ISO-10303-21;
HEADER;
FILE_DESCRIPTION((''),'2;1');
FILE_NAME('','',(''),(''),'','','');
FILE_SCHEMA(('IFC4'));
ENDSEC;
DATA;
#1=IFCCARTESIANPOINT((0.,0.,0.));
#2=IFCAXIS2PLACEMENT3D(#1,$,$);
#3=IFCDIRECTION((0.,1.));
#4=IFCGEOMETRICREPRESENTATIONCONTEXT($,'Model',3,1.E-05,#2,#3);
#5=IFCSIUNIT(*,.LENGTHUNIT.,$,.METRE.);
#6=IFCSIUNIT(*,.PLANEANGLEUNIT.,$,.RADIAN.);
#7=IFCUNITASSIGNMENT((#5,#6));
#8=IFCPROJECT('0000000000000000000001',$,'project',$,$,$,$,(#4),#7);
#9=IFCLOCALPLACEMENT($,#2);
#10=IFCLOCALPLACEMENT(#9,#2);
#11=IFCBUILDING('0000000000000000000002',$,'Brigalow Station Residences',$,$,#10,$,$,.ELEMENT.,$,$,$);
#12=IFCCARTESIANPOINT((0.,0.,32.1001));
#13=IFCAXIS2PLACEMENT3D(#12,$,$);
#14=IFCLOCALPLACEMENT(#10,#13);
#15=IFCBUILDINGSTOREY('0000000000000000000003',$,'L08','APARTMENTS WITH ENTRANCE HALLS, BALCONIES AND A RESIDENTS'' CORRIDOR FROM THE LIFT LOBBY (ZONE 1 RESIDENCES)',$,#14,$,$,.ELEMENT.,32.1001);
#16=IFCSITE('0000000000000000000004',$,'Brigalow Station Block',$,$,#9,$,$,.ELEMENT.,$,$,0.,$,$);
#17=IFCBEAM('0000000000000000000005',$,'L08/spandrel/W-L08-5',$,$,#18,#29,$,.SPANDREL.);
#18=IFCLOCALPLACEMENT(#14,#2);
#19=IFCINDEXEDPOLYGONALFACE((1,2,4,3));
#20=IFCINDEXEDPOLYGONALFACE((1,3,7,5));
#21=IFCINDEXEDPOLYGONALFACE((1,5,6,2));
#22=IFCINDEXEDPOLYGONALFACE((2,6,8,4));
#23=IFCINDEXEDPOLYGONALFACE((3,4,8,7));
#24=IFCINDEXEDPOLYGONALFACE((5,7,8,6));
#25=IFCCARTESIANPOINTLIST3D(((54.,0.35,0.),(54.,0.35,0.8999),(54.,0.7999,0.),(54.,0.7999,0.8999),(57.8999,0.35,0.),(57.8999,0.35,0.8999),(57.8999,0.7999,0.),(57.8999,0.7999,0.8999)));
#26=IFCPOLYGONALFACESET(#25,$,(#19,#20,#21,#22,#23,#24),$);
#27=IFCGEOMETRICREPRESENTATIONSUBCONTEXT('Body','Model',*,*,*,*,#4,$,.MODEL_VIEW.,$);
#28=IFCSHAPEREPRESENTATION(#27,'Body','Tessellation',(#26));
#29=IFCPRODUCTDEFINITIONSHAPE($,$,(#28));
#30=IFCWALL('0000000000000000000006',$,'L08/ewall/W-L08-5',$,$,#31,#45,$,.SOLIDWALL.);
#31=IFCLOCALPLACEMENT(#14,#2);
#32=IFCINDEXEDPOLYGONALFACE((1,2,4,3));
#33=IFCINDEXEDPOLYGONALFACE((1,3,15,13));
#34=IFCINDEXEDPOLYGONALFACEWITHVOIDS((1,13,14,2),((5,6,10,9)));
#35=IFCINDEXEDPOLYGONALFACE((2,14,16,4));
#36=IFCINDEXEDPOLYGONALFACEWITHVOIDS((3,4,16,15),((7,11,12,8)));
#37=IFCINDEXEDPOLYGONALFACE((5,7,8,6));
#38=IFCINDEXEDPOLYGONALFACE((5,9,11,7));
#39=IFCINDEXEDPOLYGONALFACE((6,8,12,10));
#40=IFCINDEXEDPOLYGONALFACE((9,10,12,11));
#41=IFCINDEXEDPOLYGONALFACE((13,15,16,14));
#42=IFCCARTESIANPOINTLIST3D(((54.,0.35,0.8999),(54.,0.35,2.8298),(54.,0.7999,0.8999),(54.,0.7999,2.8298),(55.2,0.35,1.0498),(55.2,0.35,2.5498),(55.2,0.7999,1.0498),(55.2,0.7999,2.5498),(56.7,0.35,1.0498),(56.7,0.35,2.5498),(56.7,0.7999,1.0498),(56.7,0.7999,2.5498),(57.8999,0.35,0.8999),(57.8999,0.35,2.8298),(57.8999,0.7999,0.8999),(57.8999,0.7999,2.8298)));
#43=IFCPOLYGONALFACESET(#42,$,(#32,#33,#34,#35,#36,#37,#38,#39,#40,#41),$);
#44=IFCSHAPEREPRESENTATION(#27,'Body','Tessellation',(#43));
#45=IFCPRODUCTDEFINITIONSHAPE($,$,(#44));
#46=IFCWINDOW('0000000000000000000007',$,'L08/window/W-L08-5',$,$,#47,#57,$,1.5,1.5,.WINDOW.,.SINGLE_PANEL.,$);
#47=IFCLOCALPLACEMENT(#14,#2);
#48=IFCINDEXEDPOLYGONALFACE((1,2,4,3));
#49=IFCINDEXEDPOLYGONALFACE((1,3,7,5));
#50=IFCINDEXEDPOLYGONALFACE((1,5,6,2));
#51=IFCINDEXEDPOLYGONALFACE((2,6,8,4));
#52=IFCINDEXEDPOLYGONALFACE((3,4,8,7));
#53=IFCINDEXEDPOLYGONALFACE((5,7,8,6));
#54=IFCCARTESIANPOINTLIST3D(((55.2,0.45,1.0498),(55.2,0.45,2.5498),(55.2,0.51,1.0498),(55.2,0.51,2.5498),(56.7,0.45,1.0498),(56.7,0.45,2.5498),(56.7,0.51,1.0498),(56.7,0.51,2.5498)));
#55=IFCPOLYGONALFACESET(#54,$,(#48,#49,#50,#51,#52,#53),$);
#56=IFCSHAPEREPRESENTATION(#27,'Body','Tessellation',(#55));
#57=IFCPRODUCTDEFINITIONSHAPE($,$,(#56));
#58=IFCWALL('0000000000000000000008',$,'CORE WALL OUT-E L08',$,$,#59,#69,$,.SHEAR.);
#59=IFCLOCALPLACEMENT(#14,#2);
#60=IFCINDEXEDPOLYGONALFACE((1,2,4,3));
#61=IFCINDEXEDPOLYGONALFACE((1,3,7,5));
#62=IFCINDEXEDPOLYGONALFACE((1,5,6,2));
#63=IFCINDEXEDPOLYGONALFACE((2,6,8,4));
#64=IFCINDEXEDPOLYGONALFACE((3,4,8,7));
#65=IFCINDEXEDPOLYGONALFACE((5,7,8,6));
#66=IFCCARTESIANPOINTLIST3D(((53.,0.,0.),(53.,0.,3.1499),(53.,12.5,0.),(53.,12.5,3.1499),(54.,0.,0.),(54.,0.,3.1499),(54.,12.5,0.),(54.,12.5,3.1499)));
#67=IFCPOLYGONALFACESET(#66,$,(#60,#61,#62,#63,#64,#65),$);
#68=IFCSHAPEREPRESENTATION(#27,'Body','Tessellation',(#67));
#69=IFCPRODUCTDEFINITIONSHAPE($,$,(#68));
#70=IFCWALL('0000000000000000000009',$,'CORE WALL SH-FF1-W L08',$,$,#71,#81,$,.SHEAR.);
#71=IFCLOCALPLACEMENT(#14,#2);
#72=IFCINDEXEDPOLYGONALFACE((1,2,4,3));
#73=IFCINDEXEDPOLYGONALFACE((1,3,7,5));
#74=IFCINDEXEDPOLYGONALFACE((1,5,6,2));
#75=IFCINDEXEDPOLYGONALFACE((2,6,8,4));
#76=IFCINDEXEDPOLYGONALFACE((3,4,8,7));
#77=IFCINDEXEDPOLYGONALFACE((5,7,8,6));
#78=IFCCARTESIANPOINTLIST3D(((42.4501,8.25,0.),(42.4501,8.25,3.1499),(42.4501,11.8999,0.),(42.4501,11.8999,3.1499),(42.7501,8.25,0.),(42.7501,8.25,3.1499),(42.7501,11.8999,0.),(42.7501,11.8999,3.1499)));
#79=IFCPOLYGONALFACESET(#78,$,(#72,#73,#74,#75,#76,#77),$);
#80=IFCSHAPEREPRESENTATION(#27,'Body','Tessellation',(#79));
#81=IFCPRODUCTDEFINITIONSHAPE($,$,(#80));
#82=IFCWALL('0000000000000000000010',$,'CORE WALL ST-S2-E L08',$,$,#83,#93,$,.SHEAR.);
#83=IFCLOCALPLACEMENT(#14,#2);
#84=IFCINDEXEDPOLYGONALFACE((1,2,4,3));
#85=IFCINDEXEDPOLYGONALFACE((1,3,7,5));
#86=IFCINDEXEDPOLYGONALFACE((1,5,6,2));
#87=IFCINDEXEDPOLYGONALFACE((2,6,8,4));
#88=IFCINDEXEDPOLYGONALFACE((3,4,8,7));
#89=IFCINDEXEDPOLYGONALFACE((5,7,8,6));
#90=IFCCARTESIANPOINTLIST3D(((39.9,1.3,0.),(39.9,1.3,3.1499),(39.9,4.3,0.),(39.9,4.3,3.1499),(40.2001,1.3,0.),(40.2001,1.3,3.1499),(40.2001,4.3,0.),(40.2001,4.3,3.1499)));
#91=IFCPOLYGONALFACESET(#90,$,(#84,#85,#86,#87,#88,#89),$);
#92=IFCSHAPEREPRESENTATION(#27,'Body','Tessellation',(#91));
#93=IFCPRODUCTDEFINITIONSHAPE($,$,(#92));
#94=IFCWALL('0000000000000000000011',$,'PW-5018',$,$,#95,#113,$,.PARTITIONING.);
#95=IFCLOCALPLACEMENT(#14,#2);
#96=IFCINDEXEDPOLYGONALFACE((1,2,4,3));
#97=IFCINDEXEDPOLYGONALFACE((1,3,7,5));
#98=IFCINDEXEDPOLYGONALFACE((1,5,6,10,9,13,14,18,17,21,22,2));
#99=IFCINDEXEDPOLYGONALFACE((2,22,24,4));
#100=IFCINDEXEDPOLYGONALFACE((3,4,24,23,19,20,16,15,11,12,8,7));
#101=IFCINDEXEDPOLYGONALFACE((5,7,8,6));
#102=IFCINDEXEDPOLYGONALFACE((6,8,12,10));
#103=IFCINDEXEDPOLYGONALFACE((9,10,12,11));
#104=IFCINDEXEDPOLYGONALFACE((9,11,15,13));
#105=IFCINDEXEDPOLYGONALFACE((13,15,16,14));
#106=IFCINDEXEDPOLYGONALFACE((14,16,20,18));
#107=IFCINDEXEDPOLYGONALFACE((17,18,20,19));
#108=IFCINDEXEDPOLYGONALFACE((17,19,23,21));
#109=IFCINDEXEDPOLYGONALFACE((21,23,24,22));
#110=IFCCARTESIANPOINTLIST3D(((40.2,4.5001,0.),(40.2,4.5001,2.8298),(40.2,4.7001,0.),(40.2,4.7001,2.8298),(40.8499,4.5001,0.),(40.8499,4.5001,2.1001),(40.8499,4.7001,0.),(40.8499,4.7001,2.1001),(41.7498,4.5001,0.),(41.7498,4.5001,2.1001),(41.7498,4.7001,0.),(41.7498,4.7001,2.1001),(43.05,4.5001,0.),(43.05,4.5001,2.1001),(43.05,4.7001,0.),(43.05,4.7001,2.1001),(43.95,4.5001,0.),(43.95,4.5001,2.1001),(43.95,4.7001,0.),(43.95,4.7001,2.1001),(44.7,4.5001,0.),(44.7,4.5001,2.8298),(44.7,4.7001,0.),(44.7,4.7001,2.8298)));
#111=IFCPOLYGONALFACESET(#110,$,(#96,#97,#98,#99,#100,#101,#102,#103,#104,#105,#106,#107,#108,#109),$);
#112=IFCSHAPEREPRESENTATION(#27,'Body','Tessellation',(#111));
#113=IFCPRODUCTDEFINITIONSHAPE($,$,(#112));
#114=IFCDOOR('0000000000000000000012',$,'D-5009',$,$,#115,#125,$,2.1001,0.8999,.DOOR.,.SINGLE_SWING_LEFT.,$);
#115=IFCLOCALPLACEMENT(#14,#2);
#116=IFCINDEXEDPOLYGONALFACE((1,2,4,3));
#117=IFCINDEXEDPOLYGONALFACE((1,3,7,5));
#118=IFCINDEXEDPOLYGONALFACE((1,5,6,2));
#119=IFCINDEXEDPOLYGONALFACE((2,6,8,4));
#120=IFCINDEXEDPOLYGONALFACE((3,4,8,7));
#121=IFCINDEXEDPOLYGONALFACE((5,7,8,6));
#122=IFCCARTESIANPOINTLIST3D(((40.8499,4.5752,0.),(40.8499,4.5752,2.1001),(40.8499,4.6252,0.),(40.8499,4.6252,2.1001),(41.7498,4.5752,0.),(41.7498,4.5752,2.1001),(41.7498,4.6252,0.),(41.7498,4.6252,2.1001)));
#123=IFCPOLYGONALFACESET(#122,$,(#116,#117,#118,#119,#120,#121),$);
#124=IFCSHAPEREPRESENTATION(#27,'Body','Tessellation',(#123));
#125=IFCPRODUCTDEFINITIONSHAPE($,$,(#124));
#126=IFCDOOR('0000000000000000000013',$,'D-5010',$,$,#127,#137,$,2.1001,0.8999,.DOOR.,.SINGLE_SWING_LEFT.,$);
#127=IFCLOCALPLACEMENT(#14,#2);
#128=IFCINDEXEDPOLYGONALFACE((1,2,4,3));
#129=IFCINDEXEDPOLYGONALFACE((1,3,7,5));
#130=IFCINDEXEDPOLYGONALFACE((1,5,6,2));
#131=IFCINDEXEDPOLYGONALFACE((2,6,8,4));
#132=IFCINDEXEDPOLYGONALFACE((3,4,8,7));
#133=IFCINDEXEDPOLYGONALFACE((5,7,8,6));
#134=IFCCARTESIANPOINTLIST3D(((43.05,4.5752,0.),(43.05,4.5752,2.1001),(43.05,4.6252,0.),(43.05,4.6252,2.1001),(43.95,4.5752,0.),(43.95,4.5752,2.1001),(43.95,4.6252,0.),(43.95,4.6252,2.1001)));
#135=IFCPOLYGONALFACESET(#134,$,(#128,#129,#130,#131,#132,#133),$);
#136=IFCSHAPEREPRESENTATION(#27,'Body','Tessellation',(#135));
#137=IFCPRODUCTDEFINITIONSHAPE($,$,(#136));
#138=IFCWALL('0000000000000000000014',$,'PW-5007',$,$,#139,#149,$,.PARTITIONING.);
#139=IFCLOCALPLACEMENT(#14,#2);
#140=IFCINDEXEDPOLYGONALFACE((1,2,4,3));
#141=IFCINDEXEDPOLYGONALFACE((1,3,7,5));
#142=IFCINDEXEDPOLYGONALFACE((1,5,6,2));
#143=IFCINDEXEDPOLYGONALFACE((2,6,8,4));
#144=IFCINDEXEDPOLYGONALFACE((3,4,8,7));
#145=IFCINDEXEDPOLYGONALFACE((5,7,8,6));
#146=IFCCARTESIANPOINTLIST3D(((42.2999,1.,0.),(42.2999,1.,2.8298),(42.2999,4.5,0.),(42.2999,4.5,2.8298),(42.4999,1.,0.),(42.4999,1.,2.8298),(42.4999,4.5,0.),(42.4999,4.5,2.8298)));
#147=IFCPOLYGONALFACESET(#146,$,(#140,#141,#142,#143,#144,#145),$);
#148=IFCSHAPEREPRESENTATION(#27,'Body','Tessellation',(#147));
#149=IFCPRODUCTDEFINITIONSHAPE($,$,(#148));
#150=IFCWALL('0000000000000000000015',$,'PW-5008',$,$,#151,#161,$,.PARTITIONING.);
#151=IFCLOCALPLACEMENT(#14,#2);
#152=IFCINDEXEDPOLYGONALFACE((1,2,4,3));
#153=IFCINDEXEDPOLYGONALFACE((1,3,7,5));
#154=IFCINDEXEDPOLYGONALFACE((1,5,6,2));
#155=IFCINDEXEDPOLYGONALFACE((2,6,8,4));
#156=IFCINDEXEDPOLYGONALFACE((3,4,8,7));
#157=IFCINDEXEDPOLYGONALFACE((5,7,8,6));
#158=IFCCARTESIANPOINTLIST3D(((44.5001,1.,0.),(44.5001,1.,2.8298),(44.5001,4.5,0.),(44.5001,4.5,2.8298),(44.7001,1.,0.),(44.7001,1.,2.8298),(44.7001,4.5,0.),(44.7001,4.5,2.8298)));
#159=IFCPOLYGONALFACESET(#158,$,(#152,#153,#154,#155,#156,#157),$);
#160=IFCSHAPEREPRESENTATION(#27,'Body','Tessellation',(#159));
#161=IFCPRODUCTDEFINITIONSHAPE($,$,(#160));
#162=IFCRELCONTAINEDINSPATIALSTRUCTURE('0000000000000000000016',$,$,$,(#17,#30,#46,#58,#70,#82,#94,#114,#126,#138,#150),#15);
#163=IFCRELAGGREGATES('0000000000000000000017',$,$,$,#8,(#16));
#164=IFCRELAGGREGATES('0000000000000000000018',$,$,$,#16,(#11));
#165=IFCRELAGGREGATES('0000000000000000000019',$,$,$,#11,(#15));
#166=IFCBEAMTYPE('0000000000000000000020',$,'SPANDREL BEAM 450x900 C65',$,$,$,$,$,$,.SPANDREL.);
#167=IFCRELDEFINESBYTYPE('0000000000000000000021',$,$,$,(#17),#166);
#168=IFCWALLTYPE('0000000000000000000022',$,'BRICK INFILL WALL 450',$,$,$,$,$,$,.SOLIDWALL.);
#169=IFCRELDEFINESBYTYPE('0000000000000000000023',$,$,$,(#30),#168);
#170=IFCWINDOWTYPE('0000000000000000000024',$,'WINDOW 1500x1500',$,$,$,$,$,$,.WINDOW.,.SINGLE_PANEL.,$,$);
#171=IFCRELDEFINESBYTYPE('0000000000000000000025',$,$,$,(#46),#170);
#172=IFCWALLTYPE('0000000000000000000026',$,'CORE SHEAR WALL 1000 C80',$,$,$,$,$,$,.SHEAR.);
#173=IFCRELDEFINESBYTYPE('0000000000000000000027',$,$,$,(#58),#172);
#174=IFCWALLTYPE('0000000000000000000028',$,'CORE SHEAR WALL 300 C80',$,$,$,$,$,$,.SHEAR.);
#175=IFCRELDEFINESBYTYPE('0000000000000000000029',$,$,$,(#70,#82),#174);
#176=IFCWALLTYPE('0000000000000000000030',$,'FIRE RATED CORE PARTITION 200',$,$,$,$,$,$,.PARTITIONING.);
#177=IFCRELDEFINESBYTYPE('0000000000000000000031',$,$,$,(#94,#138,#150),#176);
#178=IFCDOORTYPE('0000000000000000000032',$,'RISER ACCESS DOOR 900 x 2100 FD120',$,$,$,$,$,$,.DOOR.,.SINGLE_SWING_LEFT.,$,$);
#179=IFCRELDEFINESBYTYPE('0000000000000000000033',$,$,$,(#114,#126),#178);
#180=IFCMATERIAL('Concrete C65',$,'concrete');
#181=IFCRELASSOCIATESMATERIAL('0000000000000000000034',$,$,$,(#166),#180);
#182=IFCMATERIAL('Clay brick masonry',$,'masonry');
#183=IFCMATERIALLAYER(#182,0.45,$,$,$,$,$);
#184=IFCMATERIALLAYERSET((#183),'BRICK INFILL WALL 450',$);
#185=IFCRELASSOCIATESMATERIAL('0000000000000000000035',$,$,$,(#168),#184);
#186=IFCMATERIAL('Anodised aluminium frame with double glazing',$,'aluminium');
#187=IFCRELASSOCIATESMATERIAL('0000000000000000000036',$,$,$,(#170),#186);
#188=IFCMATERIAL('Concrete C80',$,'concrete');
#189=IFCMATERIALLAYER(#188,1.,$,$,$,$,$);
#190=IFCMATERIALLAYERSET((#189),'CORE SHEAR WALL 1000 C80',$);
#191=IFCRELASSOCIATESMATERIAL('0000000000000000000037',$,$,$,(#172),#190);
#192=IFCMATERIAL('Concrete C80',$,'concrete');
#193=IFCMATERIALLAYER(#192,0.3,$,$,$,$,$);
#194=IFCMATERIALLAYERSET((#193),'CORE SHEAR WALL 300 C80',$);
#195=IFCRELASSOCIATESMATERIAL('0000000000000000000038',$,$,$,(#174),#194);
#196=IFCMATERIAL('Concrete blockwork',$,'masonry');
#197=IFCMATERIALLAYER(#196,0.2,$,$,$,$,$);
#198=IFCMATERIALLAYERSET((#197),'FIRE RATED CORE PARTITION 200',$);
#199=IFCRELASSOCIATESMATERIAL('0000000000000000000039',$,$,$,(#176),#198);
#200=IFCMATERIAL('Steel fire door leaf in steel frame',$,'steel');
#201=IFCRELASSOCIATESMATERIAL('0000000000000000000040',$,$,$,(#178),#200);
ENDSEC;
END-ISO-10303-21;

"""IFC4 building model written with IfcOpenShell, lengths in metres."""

from ifc_helpers import new_model, si_unit, direction, frame, frame_2d, origin, origin_2d, place, context, subcontext, project, spatial, rectangle, extrude, material, layer, layer_set, material_profile, profile_set, type_object, element, fill, save


model = new_model("IFC4")

# Units and contexts
model_context = context("Model", 3, precision=1e-05, world=origin(), true_north=direction((0.0, 1.0)))
body_context = subcontext(model_context, "Body", "Model", "MODEL_VIEW")
ifc_project = project(units=[si_unit("LENGTHUNIT", "METRE"), si_unit("PLANEANGLEUNIT", "RADIAN")], contexts=[model_context])

# Site, building, storey
site_placement = place(None, origin())
site = spatial("IfcSite", under=ifc_project, at=site_placement, Name="Brigalow Station Block", CompositionType="ELEMENT", RefElevation=0.0)
building_placement = place(site_placement, origin())
building = spatial("IfcBuilding", under=site, at=building_placement, Name="Brigalow Station Residences", CompositionType="ELEMENT")
storey_placement = place(building_placement, frame((0.0, 0.0, 32.1001)))
storey = spatial("IfcBuildingStorey", under=building, at=storey_placement, Name="L08", Description="APARTMENTS WITH ENTRANCE HALLS, BALCONIES AND A RESIDENTS' CORRIDOR FROM THE LIFT LOBBY (ZONE 1 RESIDENCES)", CompositionType="ELEMENT", Elevation=32.1001)

# Beam
ifc_material_1 = material(Name="Concrete C65", Category="concrete")
ifc_material_profile = material_profile(ifc_material_1, rectangle(XDim=0.45, YDim=0.8999, at=origin_2d()), Name="RC450x900")
ifc_profile_set = profile_set([ifc_material_profile], Name="Concrete C65")
beam_type = type_object("IfcBeamType", Name="SPANDREL BEAM 450x900 C65", PredefinedType="SPANDREL", material=ifc_profile_set)
beam_placement = place(storey_placement, frame((54.0, 0.575, 0.45), z_axis=(1.0, 0.0, 0.0), x_axis=(0.0, 1.0, 0.0)))
element("IfcBeam", 1, at=beam_placement, inside=storey, type_object=beam_type, Name="L08/spandrel/W-L08-5", PredefinedType="SPANDREL", context=body_context, shape_type="SweptSolid", body=[
    extrude(rectangle(XDim=0.45, YDim=0.8999, at=origin_2d()), origin(), (0.0, 0.0, 1.0), 3.8999),
])

# Wall, opening, window
ifc_material_2 = material(Name="Clay brick masonry", Category="masonry")
ifc_layer_1 = layer(ifc_material_2, 0.45)
ifc_layer_set_1 = layer_set([ifc_layer_1], Name="BRICK INFILL WALL 450")
wall_type_1 = type_object("IfcWallType", Name="BRICK INFILL WALL 450", PredefinedType="SOLIDWALL", material=ifc_layer_set_1)
wall_1_placement = place(storey_placement, frame((54.0, 0.575, 0.8999), z_axis=(0.0, 0.0, 1.0), x_axis=(1.0, 0.0, 0.0)))
wall_1 = element("IfcWall", 2, at=wall_1_placement, inside=storey, type_object=wall_type_1, Name="L08/ewall/W-L08-5", PredefinedType="SOLIDWALL", context=body_context, shape_type="SweptSolid", body=[
    extrude(rectangle(XDim=3.8999, YDim=0.45, at=frame_2d((1.95, 0.0))), origin(), (0.0, 0.0, 1.0), 1.9299),
])
opening_1_placement = place(wall_1_placement, frame((1.2, 0.0, 0.1499)))
opening_1 = element("IfcOpeningElement", 3, at=opening_1_placement, cuts=wall_1, PredefinedType="OPENING", context=body_context, shape_type="SweptSolid", body=[
    extrude(rectangle(XDim=1.5, YDim=1.5, at=frame_2d((0.75, 0.75))), frame((0.0, 0.2349, 0.0), z_axis=(0.0, -1.0, 0.0), x_axis=(1.0, 0.0, 0.0)), (0.0, 0.0, 1.0), 0.47),
])
ifc_material_3 = material(Name="Anodised aluminium frame with double glazing", Category="aluminium")
window_type = type_object("IfcWindowType", Name="WINDOW 1500x1500", PartitioningType="SINGLE_PANEL", PredefinedType="WINDOW", material=ifc_material_3)
window_placement = place(opening_1_placement, origin())
window = element("IfcWindow", 4, at=window_placement, inside=storey, type_object=window_type, Name="L08/window/W-L08-5", OverallHeight=1.5, OverallWidth=1.5, PartitioningType="SINGLE_PANEL", PredefinedType="WINDOW", context=body_context, shape_type="SweptSolid", body=[
    extrude(rectangle(XDim=1.5, YDim=1.5, at=frame_2d((0.75, 0.75))), frame((0.0, -0.0649, 0.0), z_axis=(0.0, -1.0, 0.0), x_axis=(1.0, 0.0, 0.0)), (0.0, 0.0, 1.0), 0.0601),
])
fill(opening_1, window)

# Walls
ifc_material_4 = material(Name="Concrete C80", Category="concrete")
ifc_layer_2 = layer(ifc_material_4, 1.0)
ifc_layer_set_2 = layer_set([ifc_layer_2], Name="CORE SHEAR WALL 1000 C80")
wall_type_2 = type_object("IfcWallType", Name="CORE SHEAR WALL 1000 C80", PredefinedType="SHEAR", material=ifc_layer_set_2)
wall_2_placement = place(storey_placement, frame((53.5, 0.0, 0.0), z_axis=(0.0, 0.0, 1.0), x_axis=(0.0, 1.0, 0.0)))
element("IfcWall", 5, at=wall_2_placement, inside=storey, type_object=wall_type_2, Name="CORE WALL OUT-E L08", PredefinedType="SHEAR", context=body_context, shape_type="SweptSolid", body=[
    extrude(rectangle(XDim=12.5, YDim=1.0, at=frame_2d((6.25, 0.0))), origin(), (0.0, 0.0, 1.0), 3.1499),
])
ifc_material_5 = material(Name="Concrete C80", Category="concrete")
ifc_layer_3 = layer(ifc_material_5, 0.3)
ifc_layer_set_3 = layer_set([ifc_layer_3], Name="CORE SHEAR WALL 300 C80")
wall_type_3 = type_object("IfcWallType", Name="CORE SHEAR WALL 300 C80", PredefinedType="SHEAR", material=ifc_layer_set_3)
wall_3_placement = place(storey_placement, frame((42.6001, 8.25, 0.0), z_axis=(0.0, 0.0, 1.0), x_axis=(0.0, 1.0, 0.0)))
element("IfcWall", 6, at=wall_3_placement, inside=storey, type_object=wall_type_3, Name="CORE WALL SH-FF1-W L08", PredefinedType="SHEAR", context=body_context, shape_type="SweptSolid", body=[
    extrude(rectangle(XDim=3.6499, YDim=0.3, at=frame_2d((1.825, 0.0))), origin(), (0.0, 0.0, 1.0), 3.1499),
])
wall_4_placement = place(storey_placement, frame((40.05, 1.3, 0.0), z_axis=(0.0, 0.0, 1.0), x_axis=(0.0, 1.0, 0.0)))
element("IfcWall", 7, at=wall_4_placement, inside=storey, type_object=wall_type_3, Name="CORE WALL ST-S2-E L08", PredefinedType="SHEAR", context=body_context, shape_type="SweptSolid", body=[
    extrude(rectangle(XDim=3.0, YDim=0.3, at=frame_2d((1.5, 0.0))), origin(), (0.0, 0.0, 1.0), 3.1499),
])

# Wall, openings, doors
ifc_material_6 = material(Name="Concrete blockwork", Category="masonry")
ifc_layer_4 = layer(ifc_material_6, 0.2)
ifc_layer_set_4 = layer_set([ifc_layer_4], Name="FIRE RATED CORE PARTITION 200")
wall_type_4 = type_object("IfcWallType", Name="FIRE RATED CORE PARTITION 200", PredefinedType="PARTITIONING", material=ifc_layer_set_4)
wall_5_placement = place(storey_placement, frame((40.2, 4.6001, 0.0), z_axis=(0.0, 0.0, 1.0), x_axis=(1.0, 0.0, 0.0)))
wall_5 = element("IfcWall", 8, at=wall_5_placement, inside=storey, type_object=wall_type_4, Name="PW-5018", PredefinedType="PARTITIONING", context=body_context, shape_type="SweptSolid", body=[
    extrude(rectangle(XDim=4.5, YDim=0.2, at=frame_2d((2.25, 0.0))), origin(), (0.0, 0.0, 1.0), 2.8298),
])
opening_2_placement = place(wall_5_placement, frame((0.6499, 0.0, 0.0)))
opening_2 = element("IfcOpeningElement", 9, at=opening_2_placement, cuts=wall_5, PredefinedType="OPENING", context=body_context, shape_type="SweptSolid", body=[
    extrude(rectangle(XDim=0.8999, YDim=2.1001, at=frame_2d((0.45, 1.05))), frame((0.0, 0.1099, 0.0), z_axis=(0.0, -1.0, 0.0), x_axis=(1.0, 0.0, 0.0)), (0.0, 0.0, 1.0), 0.22),
])
opening_3_placement = place(wall_5_placement, frame((2.8501, 0.0, 0.0)))
opening_3 = element("IfcOpeningElement", 10, at=opening_3_placement, cuts=wall_5, PredefinedType="OPENING", context=body_context, shape_type="SweptSolid", body=[
    extrude(rectangle(XDim=0.8999, YDim=2.1001, at=frame_2d((0.45, 1.05))), frame((0.0, 0.1099, 0.0), z_axis=(0.0, -1.0, 0.0), x_axis=(1.0, 0.0, 0.0)), (0.0, 0.0, 1.0), 0.22),
])
ifc_material_7 = material(Name="Steel fire door leaf in steel frame", Category="steel")
door_type_1 = type_object("IfcDoorType", Name="RISER ACCESS DOOR 900 x 2100 FD120", OperationType="SINGLE_SWING_LEFT", PredefinedType="DOOR", material=ifc_material_7)
door_1_placement = place(opening_2_placement, frame((0.8999, 0.0, 0.0), z_axis=(0.0, 0.0, 1.0), x_axis=(-1.0, 0.0, 0.0)))
door_1 = element("IfcDoor", 11, at=door_1_placement, inside=storey, type_object=door_type_1, Name="D-5009", OperationType="SINGLE_SWING_LEFT", OverallHeight=2.1001, OverallWidth=0.8999, PredefinedType="DOOR", context=body_context, shape_type="SweptSolid", body=[
    extrude(rectangle(XDim=0.8999, YDim=2.1001, at=frame_2d((0.45, 1.05))), frame((0.0, 0.0249, 0.0), z_axis=(0.0, -1.0, 0.0), x_axis=(1.0, 0.0, 0.0)), (0.0, 0.0, 1.0), 0.05),
])
fill(opening_2, door_1)
door_2_placement = place(opening_3_placement, frame((0.8999, 0.0, 0.0), z_axis=(0.0, 0.0, 1.0), x_axis=(-1.0, 0.0, 0.0)))
door_2 = element("IfcDoor", 12, at=door_2_placement, inside=storey, type_object=door_type_1, Name="D-5010", OperationType="SINGLE_SWING_LEFT", OverallHeight=2.1001, OverallWidth=0.8999, PredefinedType="DOOR", context=body_context, shape_type="SweptSolid", body=[
    extrude(rectangle(XDim=0.8999, YDim=2.1001, at=frame_2d((0.45, 1.05))), frame((0.0, 0.0249, 0.0), z_axis=(0.0, -1.0, 0.0), x_axis=(1.0, 0.0, 0.0)), (0.0, 0.0, 1.0), 0.05),
])
fill(opening_3, door_2)

# Walls
for number, where, z_axis, x_axis, name in (
    (13, (42.3999, 1.0, 0.0), (0.0, 0.0, 1.0), (0.0, 1.0, 0.0), "PW-5007"),
    (14, (44.6001, 1.0, 0.0), (0.0, 0.0, 1.0), (0.0, 1.0, 0.0), "PW-5008"),
):
    element("IfcWall", number, at=place(storey_placement, frame(where, z_axis=z_axis, x_axis=x_axis)), inside=storey, type_object=wall_type_4, Name=name, PredefinedType="PARTITIONING", context=body_context, shape_type="SweptSolid", body=[
        extrude(rectangle(XDim=3.5, YDim=0.2, at=frame_2d((1.75, 0.0))), origin(), (0.0, 0.0, 1.0), 2.8298),
    ])

save(model, "model.ifc")
